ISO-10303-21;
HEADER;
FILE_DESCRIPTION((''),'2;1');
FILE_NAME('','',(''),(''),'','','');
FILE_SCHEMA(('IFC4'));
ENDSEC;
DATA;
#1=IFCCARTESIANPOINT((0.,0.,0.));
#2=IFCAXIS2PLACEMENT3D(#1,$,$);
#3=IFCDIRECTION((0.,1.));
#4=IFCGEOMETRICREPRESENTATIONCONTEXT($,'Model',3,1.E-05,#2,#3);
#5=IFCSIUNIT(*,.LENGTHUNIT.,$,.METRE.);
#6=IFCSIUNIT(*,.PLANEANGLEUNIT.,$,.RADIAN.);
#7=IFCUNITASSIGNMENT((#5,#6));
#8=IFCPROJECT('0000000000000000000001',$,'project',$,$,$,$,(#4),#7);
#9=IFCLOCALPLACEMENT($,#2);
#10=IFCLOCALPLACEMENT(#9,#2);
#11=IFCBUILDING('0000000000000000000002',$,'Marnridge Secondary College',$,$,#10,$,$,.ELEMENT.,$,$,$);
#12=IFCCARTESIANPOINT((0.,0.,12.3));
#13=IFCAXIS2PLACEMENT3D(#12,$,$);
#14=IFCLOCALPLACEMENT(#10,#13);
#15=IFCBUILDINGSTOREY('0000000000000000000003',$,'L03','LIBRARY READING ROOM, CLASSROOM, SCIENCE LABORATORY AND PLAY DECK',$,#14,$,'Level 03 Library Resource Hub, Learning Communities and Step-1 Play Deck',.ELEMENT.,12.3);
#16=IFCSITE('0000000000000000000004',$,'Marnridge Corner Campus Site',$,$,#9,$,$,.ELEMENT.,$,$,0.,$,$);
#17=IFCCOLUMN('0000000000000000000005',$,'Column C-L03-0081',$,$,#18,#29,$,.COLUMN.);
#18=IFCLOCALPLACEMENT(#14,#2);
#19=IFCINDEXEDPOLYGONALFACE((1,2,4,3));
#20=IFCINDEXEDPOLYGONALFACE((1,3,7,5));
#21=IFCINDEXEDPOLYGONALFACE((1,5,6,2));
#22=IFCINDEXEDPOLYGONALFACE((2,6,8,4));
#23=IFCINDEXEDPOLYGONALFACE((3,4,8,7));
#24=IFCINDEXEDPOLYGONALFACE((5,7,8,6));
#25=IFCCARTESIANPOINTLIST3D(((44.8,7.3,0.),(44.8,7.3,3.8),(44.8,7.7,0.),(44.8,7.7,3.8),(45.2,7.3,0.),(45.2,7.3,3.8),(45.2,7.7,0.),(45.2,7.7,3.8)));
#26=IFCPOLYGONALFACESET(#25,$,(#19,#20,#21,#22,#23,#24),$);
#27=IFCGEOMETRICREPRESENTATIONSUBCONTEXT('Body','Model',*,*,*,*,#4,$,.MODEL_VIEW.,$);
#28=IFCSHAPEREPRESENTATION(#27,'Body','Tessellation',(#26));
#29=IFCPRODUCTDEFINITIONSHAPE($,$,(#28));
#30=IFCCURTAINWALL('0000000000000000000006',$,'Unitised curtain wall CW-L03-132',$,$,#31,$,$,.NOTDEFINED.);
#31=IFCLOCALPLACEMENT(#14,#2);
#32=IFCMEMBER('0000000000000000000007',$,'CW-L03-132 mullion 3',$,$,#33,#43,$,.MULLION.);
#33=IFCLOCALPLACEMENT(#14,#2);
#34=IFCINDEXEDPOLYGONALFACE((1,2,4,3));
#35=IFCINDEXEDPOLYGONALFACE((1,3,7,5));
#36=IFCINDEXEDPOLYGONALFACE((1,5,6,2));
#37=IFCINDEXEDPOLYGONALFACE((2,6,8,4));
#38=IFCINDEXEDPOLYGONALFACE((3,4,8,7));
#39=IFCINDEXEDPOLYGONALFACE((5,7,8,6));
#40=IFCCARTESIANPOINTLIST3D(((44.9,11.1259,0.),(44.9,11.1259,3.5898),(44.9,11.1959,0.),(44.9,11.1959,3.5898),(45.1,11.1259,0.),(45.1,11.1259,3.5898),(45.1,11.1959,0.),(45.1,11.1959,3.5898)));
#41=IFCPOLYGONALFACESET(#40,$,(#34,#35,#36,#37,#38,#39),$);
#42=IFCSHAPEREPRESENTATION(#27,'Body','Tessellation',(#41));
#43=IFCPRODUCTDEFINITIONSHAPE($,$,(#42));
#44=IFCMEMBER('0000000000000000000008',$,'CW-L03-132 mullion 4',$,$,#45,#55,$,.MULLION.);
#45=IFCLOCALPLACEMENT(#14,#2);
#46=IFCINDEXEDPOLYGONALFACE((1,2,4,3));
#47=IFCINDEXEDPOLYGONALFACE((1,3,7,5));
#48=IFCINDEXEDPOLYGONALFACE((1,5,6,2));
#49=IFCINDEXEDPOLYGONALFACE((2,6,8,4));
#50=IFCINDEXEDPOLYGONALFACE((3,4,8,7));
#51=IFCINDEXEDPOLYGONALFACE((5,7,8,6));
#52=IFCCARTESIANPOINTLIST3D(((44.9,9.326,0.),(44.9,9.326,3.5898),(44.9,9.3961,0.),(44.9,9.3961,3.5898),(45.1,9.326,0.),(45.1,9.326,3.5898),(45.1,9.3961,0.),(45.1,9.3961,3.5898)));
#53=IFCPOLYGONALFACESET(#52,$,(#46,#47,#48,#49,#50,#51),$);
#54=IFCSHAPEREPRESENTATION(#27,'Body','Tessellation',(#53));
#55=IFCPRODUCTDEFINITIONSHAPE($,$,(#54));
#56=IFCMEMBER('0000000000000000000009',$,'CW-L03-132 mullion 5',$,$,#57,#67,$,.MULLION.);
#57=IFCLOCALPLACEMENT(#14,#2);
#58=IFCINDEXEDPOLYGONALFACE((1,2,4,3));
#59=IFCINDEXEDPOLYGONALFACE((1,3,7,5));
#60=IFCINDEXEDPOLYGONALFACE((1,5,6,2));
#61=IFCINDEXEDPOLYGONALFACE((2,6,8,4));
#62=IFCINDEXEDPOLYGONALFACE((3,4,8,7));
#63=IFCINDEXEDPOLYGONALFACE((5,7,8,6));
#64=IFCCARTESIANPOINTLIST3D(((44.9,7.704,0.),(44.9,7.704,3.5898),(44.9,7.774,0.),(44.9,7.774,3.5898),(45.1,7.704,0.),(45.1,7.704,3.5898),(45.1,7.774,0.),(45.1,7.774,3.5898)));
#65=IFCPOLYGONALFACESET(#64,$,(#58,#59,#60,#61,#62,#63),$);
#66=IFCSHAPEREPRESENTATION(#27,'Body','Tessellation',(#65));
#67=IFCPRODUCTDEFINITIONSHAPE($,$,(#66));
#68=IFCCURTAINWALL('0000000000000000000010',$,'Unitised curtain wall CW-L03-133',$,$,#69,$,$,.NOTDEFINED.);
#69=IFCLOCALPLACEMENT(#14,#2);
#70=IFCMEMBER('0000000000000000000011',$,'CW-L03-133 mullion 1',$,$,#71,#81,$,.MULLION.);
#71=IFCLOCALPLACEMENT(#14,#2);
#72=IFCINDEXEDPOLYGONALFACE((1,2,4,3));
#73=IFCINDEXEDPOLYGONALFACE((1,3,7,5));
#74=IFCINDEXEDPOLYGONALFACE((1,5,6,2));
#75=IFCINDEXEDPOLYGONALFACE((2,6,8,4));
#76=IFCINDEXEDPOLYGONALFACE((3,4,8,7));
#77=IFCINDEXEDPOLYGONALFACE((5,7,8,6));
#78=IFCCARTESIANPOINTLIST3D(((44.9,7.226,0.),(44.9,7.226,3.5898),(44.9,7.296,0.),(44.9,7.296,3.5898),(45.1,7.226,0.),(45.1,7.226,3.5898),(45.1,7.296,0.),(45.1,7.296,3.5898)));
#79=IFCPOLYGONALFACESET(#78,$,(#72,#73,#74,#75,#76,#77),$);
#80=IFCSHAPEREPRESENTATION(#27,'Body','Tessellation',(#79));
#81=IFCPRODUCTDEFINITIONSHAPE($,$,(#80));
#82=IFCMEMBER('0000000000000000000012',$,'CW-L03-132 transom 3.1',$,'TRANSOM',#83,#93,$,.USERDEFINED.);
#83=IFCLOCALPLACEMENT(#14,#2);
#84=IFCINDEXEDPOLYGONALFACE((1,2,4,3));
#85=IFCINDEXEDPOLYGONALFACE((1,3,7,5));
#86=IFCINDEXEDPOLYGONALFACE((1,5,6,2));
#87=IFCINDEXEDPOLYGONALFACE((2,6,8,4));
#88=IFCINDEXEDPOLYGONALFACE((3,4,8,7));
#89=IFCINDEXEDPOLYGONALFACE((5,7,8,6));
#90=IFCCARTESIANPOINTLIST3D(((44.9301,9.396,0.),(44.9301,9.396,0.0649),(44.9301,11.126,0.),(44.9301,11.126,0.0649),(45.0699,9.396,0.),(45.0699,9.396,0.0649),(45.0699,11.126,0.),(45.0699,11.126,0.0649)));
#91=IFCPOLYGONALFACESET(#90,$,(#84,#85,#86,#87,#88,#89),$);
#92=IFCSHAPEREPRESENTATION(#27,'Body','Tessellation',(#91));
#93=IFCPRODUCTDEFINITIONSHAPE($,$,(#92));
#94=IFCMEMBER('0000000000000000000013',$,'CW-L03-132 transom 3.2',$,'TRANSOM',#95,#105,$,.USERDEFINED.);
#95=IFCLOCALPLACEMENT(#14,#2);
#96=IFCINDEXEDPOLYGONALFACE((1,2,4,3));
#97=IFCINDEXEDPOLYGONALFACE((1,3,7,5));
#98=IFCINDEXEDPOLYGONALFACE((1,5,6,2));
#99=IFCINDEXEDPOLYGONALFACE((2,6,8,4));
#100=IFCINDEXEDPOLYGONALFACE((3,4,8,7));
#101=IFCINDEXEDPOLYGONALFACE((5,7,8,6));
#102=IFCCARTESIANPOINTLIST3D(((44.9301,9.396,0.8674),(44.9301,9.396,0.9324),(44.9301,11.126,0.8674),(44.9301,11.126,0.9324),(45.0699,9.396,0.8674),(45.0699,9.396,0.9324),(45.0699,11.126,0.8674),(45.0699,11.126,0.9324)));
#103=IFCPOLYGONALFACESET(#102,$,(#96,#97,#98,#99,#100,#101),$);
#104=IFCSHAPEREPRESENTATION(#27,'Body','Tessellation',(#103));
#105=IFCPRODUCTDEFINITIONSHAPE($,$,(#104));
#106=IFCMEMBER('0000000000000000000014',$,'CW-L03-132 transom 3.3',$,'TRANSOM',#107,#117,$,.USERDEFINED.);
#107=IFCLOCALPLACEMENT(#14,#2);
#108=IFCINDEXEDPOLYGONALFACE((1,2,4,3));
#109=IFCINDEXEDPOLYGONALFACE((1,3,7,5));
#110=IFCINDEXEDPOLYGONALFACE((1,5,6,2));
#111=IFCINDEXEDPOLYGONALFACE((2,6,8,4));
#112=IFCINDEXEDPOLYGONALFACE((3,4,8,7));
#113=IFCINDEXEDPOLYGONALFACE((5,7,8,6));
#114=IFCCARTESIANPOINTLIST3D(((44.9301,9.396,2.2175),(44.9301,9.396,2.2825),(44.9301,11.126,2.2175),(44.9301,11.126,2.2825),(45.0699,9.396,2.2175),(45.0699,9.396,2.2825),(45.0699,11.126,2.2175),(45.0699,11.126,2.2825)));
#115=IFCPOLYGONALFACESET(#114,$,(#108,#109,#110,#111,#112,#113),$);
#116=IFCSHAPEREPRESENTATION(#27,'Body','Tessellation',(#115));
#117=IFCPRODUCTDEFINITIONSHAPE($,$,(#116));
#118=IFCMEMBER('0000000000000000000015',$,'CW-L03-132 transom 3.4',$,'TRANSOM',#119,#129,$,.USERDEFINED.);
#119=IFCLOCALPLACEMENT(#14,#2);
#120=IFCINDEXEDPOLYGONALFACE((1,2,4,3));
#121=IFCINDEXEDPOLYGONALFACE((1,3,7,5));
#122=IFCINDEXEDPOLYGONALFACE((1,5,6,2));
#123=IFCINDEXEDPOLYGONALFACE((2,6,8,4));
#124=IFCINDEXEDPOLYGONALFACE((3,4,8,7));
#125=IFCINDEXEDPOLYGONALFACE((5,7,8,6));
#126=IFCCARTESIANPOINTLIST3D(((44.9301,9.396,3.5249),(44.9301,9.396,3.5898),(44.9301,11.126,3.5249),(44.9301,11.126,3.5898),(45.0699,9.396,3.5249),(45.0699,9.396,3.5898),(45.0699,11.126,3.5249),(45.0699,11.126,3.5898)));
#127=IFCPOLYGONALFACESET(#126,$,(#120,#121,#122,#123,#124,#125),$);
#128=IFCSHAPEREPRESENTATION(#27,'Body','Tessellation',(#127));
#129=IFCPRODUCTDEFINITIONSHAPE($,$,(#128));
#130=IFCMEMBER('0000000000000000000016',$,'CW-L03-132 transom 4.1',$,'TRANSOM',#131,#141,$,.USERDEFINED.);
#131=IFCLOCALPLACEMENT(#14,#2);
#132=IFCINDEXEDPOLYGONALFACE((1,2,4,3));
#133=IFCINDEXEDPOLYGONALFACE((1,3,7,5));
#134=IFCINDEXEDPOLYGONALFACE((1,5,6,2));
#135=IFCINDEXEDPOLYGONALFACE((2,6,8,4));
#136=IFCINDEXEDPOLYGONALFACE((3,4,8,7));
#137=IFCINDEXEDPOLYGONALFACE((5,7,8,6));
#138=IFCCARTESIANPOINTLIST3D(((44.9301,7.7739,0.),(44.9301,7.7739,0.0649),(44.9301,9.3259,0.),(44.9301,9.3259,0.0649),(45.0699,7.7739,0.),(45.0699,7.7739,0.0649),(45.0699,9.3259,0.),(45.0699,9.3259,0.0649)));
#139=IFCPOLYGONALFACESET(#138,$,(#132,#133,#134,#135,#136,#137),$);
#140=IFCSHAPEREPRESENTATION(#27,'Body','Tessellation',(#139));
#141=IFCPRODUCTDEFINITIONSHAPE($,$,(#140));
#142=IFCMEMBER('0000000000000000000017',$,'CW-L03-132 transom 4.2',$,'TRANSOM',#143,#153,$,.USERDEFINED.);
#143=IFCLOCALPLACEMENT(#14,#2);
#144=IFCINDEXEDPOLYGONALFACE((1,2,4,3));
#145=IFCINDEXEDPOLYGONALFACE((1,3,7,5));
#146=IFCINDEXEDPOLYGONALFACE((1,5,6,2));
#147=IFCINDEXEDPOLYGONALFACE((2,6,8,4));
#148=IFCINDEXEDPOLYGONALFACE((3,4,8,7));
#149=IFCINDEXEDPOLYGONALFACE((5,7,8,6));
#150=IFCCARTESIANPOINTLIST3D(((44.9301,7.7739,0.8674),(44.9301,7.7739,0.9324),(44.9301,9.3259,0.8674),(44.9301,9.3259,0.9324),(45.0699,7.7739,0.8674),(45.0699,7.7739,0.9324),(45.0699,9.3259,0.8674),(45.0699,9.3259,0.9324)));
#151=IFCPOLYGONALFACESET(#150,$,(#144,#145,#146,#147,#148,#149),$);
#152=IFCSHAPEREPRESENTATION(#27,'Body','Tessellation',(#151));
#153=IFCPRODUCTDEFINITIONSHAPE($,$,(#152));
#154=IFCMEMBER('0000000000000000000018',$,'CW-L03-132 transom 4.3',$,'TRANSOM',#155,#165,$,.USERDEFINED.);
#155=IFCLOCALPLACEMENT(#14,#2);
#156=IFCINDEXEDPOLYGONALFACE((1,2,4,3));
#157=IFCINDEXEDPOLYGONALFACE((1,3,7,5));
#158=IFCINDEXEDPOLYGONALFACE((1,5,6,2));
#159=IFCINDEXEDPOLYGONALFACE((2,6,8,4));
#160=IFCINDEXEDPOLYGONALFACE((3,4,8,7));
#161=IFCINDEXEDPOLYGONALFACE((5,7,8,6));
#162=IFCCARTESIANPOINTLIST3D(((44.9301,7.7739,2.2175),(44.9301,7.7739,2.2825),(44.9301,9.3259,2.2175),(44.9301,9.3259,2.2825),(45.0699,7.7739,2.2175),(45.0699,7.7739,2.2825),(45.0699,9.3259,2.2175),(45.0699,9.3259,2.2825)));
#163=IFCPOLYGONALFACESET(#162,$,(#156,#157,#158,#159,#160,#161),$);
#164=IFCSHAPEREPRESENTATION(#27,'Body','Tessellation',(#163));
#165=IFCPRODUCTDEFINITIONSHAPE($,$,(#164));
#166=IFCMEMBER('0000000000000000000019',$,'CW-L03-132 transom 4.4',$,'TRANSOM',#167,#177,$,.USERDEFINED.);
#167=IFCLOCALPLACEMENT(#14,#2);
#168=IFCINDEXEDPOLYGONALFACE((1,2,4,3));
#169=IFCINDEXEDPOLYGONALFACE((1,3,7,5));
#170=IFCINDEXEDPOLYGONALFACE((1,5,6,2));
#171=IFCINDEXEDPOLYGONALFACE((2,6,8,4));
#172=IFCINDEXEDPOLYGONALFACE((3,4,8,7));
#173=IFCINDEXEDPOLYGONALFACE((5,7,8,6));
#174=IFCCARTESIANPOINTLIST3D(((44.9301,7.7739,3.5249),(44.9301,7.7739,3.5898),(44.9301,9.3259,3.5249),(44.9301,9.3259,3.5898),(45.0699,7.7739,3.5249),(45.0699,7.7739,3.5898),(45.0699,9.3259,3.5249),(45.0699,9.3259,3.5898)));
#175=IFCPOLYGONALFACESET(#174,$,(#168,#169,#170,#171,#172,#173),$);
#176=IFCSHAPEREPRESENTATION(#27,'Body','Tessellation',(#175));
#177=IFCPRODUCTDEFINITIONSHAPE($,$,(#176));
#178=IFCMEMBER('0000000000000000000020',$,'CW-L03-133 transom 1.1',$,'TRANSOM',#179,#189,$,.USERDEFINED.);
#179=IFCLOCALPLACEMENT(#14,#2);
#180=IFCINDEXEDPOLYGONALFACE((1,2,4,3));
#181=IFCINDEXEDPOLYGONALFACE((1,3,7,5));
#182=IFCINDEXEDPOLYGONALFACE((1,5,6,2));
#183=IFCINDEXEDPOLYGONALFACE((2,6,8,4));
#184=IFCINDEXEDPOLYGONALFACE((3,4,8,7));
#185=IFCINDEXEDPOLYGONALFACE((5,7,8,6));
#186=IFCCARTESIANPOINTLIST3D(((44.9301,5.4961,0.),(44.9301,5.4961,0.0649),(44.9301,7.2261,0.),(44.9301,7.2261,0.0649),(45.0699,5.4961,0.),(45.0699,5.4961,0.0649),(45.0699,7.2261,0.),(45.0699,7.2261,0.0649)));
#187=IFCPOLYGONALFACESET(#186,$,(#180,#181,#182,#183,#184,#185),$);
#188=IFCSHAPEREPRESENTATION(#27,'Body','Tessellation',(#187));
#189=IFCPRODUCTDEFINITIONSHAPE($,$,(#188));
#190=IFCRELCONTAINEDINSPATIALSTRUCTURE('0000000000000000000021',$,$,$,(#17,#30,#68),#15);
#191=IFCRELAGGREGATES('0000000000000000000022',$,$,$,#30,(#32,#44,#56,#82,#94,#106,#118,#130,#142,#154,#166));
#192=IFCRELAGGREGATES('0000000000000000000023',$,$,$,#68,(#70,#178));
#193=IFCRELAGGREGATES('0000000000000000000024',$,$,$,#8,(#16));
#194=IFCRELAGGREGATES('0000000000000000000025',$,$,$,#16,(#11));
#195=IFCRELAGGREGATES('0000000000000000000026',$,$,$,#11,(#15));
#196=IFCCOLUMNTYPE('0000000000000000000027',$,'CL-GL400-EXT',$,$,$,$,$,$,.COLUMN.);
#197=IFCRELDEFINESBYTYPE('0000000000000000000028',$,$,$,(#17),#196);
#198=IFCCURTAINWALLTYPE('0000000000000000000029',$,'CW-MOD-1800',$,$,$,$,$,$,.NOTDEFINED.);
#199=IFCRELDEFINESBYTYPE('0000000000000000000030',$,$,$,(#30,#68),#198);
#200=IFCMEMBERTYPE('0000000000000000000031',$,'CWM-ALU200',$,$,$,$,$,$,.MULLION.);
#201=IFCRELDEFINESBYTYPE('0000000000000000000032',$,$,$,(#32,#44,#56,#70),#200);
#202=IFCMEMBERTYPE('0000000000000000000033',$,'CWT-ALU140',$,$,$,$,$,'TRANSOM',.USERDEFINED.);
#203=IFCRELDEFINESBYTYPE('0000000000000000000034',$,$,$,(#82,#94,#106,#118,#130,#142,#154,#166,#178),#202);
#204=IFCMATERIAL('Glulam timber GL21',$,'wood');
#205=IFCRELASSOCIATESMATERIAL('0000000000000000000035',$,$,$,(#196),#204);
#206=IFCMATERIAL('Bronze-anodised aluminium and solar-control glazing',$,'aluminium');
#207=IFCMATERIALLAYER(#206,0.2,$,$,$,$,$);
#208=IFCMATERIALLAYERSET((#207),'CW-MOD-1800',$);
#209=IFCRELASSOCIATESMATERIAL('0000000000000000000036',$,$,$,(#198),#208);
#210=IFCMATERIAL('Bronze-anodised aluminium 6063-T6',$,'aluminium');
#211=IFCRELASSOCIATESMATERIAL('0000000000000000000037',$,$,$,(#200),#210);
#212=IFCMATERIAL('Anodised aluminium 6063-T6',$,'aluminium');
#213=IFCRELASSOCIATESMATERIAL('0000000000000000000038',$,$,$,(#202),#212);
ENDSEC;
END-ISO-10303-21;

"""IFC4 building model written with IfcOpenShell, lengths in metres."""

from ifc_helpers import new_model, si_unit, direction, frame, origin, origin_2d, place, context, subcontext, project, spatial, rectangle, extrude, material, layer, layer_set, material_profile, profile_set, type_object, element, aggregate, save


model = new_model("IFC4")

# Units and contexts
model_context = context("Model", 3, precision=1e-05, world=origin(), true_north=direction((0.0, 1.0)))
body_context = subcontext(model_context, "Body", "Model", "MODEL_VIEW")
ifc_project = project(units=[si_unit("LENGTHUNIT", "METRE"), si_unit("PLANEANGLEUNIT", "RADIAN")], contexts=[model_context])

# Site, building, storey
site_placement = place(None, origin())
site = spatial("IfcSite", under=ifc_project, at=site_placement, Name="Marnridge Corner Campus Site", CompositionType="ELEMENT", RefElevation=0.0)
building_placement = place(site_placement, origin())
building = spatial("IfcBuilding", under=site, at=building_placement, Name="Marnridge Secondary College", CompositionType="ELEMENT")
storey_placement = place(building_placement, frame((0.0, 0.0, 12.3)))
storey = spatial("IfcBuildingStorey", under=building, at=storey_placement, Name="L03", Description="LIBRARY READING ROOM, CLASSROOM, SCIENCE LABORATORY AND PLAY DECK", LongName="Level 03 Library Resource Hub, Learning Communities and Step-1 Play Deck", CompositionType="ELEMENT", Elevation=12.3)

# Column
ifc_material_1 = material(Name="Glulam timber GL21", Category="wood")
ifc_material_profile_1 = material_profile(ifc_material_1, rectangle(XDim=0.3999, YDim=0.3999, at=origin_2d()), Name="GL21 400x400")
ifc_profile_set_1 = profile_set([ifc_material_profile_1], Name="Glulam timber GL21")
column_type = type_object("IfcColumnType", Name="CL-GL400-EXT", PredefinedType="COLUMN", material=ifc_profile_set_1)
column_placement = place(storey_placement, frame((45.0, 7.5, 0.0), z_axis=(0.0, 0.0, 1.0), x_axis=(1.0, 0.0, 0.0)))
element("IfcColumn", 1, at=column_placement, inside=storey, type_object=column_type, Name="Column C-L03-0081", PredefinedType="COLUMN", context=body_context, shape_type="SweptSolid", body=[
    extrude(rectangle(XDim=0.3999, YDim=0.3999, at=origin_2d()), origin(), (0.0, 0.0, 1.0), 3.8),
])

# Curtain wall, members
ifc_material_2 = material(Name="Bronze-anodised aluminium and solar-control glazing", Category="aluminium")
ifc_layer_1 = layer(ifc_material_2, 0.2)
ifc_layer_set_1 = layer_set([ifc_layer_1], Name="CW-MOD-1800")
curtain_wall_type = type_object("IfcCurtainWallType", Name="CW-MOD-1800", PredefinedType="NOTDEFINED", material=ifc_layer_set_1)
curtain_wall_1_placement = place(storey_placement, origin())
curtain_wall_1 = element("IfcCurtainWall", 2, at=curtain_wall_1_placement, inside=storey, type_object=curtain_wall_type, Name="Unitised curtain wall CW-L03-132", PredefinedType="NOTDEFINED")
ifc_material_3 = material(Name="Bronze-anodised aluminium 6063-T6", Category="aluminium")
ifc_material_profile_2 = material_profile(ifc_material_3, rectangle(XDim=0.0701, YDim=0.2, at=origin_2d()), Name="ALU 70x200")
ifc_profile_set_2 = profile_set([ifc_material_profile_2], Name="Bronze-anodised aluminium 6063-T6")
member_type_1 = type_object("IfcMemberType", Name="CWM-ALU200", PredefinedType="MULLION", material=ifc_profile_set_2)
member_1_placement = place(storey_placement, frame((45.0, 11.1609, 0.0), z_axis=(0.0, 0.0, 1.0), x_axis=(0.0, -1.0, 0.0)))
member_1 = element("IfcMember", 3, at=member_1_placement, type_object=member_type_1, Name="CW-L03-132 mullion 3", PredefinedType="MULLION", context=body_context, shape_type="SweptSolid", body=[
    extrude(rectangle(XDim=0.0701, YDim=0.2, at=origin_2d()), origin(), (0.0, 0.0, 1.0), 3.5898),
])
member_2_placement = place(storey_placement, frame((45.0, 9.3611, 0.0), z_axis=(0.0, 0.0, 1.0), x_axis=(0.0, -1.0, 0.0)))
member_2 = element("IfcMember", 4, at=member_2_placement, type_object=member_type_1, Name="CW-L03-132 mullion 4", PredefinedType="MULLION", context=body_context, shape_type="SweptSolid", body=[
    extrude(rectangle(XDim=0.0701, YDim=0.2, at=origin_2d()), origin(), (0.0, 0.0, 1.0), 3.5898),
])
member_3_placement = place(storey_placement, frame((45.0, 7.739, 0.0), z_axis=(0.0, 0.0, 1.0), x_axis=(0.0, -1.0, 0.0)))
member_3 = element("IfcMember", 5, at=member_3_placement, type_object=member_type_1, Name="CW-L03-132 mullion 5", PredefinedType="MULLION", context=body_context, shape_type="SweptSolid", body=[
    extrude(rectangle(XDim=0.0701, YDim=0.2, at=origin_2d()), origin(), (0.0, 0.0, 1.0), 3.5898),
])

# Curtain wall, member
curtain_wall_2_placement = place(storey_placement, origin())
curtain_wall_2 = element("IfcCurtainWall", 6, at=curtain_wall_2_placement, inside=storey, type_object=curtain_wall_type, Name="Unitised curtain wall CW-L03-133", PredefinedType="NOTDEFINED")
member_4_placement = place(storey_placement, frame((45.0, 7.261, 0.0), z_axis=(0.0, 0.0, 1.0), x_axis=(0.0, -1.0, 0.0)))
member_4 = element("IfcMember", 7, at=member_4_placement, type_object=member_type_1, Name="CW-L03-133 mullion 1", PredefinedType="MULLION", context=body_context, shape_type="SweptSolid", body=[
    extrude(rectangle(XDim=0.0701, YDim=0.2, at=origin_2d()), origin(), (0.0, 0.0, 1.0), 3.5898),
])

# Members
ifc_material_4 = material(Name="Anodised aluminium 6063-T6", Category="aluminium")
ifc_material_profile_3 = material_profile(ifc_material_4, rectangle(XDim=0.0649, YDim=0.1399, at=origin_2d()), Name="ALU 65x140")
ifc_profile_set_3 = profile_set([ifc_material_profile_3], Name="Anodised aluminium 6063-T6")
member_type_2 = type_object("IfcMemberType", Name="CWT-ALU140", ElementType="TRANSOM", PredefinedType="USERDEFINED", material=ifc_profile_set_3)
member_5_placement = place(storey_placement, frame((45.0, 11.126, 0.0325), z_axis=(0.0, -1.0, 0.0), x_axis=(0.0, 0.0, 1.0)))
member_5 = element("IfcMember", 8, at=member_5_placement, type_object=member_type_2, Name="CW-L03-132 transom 3.1", ObjectType="TRANSOM", PredefinedType="USERDEFINED", context=body_context, shape_type="SweptSolid", body=[
    extrude(rectangle(XDim=0.0649, YDim=0.1399, at=origin_2d()), origin(), (0.0, 0.0, 1.0), 1.73),
])
member_6_placement = place(storey_placement, frame((45.0, 11.126, 0.8999), z_axis=(0.0, -1.0, 0.0), x_axis=(0.0, 0.0, 1.0)))
member_6 = element("IfcMember", 9, at=member_6_placement, type_object=member_type_2, Name="CW-L03-132 transom 3.2", ObjectType="TRANSOM", PredefinedType="USERDEFINED", context=body_context, shape_type="SweptSolid", body=[
    extrude(rectangle(XDim=0.0649, YDim=0.1399, at=origin_2d()), origin(), (0.0, 0.0, 1.0), 1.73),
])
member_7_placement = place(storey_placement, frame((45.0, 11.126, 2.25), z_axis=(0.0, -1.0, 0.0), x_axis=(0.0, 0.0, 1.0)))
member_7 = element("IfcMember", 10, at=member_7_placement, type_object=member_type_2, Name="CW-L03-132 transom 3.3", ObjectType="TRANSOM", PredefinedType="USERDEFINED", context=body_context, shape_type="SweptSolid", body=[
    extrude(rectangle(XDim=0.0649, YDim=0.1399, at=origin_2d()), origin(), (0.0, 0.0, 1.0), 1.73),
])
member_8_placement = place(storey_placement, frame((45.0, 11.126, 3.5574), z_axis=(0.0, -1.0, 0.0), x_axis=(0.0, 0.0, 1.0)))
member_8 = element("IfcMember", 11, at=member_8_placement, type_object=member_type_2, Name="CW-L03-132 transom 3.4", ObjectType="TRANSOM", PredefinedType="USERDEFINED", context=body_context, shape_type="SweptSolid", body=[
    extrude(rectangle(XDim=0.0649, YDim=0.1399, at=origin_2d()), origin(), (0.0, 0.0, 1.0), 1.73),
])
member_9_placement = place(storey_placement, frame((45.0, 9.3259, 0.0325), z_axis=(0.0, -1.0, 0.0), x_axis=(0.0, 0.0, 1.0)))
member_9 = element("IfcMember", 12, at=member_9_placement, type_object=member_type_2, Name="CW-L03-132 transom 4.1", ObjectType="TRANSOM", PredefinedType="USERDEFINED", context=body_context, shape_type="SweptSolid", body=[
    extrude(rectangle(XDim=0.0649, YDim=0.1399, at=origin_2d()), origin(), (0.0, 0.0, 1.0), 1.552),
])
member_10_placement = place(storey_placement, frame((45.0, 9.3259, 0.8999), z_axis=(0.0, -1.0, 0.0), x_axis=(0.0, 0.0, 1.0)))
member_10 = element("IfcMember", 13, at=member_10_placement, type_object=member_type_2, Name="CW-L03-132 transom 4.2", ObjectType="TRANSOM", PredefinedType="USERDEFINED", context=body_context, shape_type="SweptSolid", body=[
    extrude(rectangle(XDim=0.0649, YDim=0.1399, at=origin_2d()), origin(), (0.0, 0.0, 1.0), 1.552),
])
member_11_placement = place(storey_placement, frame((45.0, 9.3259, 2.25), z_axis=(0.0, -1.0, 0.0), x_axis=(0.0, 0.0, 1.0)))
member_11 = element("IfcMember", 14, at=member_11_placement, type_object=member_type_2, Name="CW-L03-132 transom 4.3", ObjectType="TRANSOM", PredefinedType="USERDEFINED", context=body_context, shape_type="SweptSolid", body=[
    extrude(rectangle(XDim=0.0649, YDim=0.1399, at=origin_2d()), origin(), (0.0, 0.0, 1.0), 1.552),
])
member_12_placement = place(storey_placement, frame((45.0, 9.3259, 3.5574), z_axis=(0.0, -1.0, 0.0), x_axis=(0.0, 0.0, 1.0)))
member_12 = element("IfcMember", 15, at=member_12_placement, type_object=member_type_2, Name="CW-L03-132 transom 4.4", ObjectType="TRANSOM", PredefinedType="USERDEFINED", context=body_context, shape_type="SweptSolid", body=[
    extrude(rectangle(XDim=0.0649, YDim=0.1399, at=origin_2d()), origin(), (0.0, 0.0, 1.0), 1.552),
])
member_13_placement = place(storey_placement, frame((45.0, 7.2261, 0.0325), z_axis=(0.0, -1.0, 0.0), x_axis=(0.0, 0.0, 1.0)))
member_13 = element("IfcMember", 16, at=member_13_placement, type_object=member_type_2, Name="CW-L03-133 transom 1.1", ObjectType="TRANSOM", PredefinedType="USERDEFINED", context=body_context, shape_type="SweptSolid", body=[
    extrude(rectangle(XDim=0.0649, YDim=0.1399, at=origin_2d()), origin(), (0.0, 0.0, 1.0), 1.73),
])

aggregate(curtain_wall_1, [member_1, member_2, member_3, member_5, member_6, member_7, member_8, member_9, member_10, member_11, member_12])
aggregate(curtain_wall_2, [member_4, member_13])

save(model, "model.ifc")
